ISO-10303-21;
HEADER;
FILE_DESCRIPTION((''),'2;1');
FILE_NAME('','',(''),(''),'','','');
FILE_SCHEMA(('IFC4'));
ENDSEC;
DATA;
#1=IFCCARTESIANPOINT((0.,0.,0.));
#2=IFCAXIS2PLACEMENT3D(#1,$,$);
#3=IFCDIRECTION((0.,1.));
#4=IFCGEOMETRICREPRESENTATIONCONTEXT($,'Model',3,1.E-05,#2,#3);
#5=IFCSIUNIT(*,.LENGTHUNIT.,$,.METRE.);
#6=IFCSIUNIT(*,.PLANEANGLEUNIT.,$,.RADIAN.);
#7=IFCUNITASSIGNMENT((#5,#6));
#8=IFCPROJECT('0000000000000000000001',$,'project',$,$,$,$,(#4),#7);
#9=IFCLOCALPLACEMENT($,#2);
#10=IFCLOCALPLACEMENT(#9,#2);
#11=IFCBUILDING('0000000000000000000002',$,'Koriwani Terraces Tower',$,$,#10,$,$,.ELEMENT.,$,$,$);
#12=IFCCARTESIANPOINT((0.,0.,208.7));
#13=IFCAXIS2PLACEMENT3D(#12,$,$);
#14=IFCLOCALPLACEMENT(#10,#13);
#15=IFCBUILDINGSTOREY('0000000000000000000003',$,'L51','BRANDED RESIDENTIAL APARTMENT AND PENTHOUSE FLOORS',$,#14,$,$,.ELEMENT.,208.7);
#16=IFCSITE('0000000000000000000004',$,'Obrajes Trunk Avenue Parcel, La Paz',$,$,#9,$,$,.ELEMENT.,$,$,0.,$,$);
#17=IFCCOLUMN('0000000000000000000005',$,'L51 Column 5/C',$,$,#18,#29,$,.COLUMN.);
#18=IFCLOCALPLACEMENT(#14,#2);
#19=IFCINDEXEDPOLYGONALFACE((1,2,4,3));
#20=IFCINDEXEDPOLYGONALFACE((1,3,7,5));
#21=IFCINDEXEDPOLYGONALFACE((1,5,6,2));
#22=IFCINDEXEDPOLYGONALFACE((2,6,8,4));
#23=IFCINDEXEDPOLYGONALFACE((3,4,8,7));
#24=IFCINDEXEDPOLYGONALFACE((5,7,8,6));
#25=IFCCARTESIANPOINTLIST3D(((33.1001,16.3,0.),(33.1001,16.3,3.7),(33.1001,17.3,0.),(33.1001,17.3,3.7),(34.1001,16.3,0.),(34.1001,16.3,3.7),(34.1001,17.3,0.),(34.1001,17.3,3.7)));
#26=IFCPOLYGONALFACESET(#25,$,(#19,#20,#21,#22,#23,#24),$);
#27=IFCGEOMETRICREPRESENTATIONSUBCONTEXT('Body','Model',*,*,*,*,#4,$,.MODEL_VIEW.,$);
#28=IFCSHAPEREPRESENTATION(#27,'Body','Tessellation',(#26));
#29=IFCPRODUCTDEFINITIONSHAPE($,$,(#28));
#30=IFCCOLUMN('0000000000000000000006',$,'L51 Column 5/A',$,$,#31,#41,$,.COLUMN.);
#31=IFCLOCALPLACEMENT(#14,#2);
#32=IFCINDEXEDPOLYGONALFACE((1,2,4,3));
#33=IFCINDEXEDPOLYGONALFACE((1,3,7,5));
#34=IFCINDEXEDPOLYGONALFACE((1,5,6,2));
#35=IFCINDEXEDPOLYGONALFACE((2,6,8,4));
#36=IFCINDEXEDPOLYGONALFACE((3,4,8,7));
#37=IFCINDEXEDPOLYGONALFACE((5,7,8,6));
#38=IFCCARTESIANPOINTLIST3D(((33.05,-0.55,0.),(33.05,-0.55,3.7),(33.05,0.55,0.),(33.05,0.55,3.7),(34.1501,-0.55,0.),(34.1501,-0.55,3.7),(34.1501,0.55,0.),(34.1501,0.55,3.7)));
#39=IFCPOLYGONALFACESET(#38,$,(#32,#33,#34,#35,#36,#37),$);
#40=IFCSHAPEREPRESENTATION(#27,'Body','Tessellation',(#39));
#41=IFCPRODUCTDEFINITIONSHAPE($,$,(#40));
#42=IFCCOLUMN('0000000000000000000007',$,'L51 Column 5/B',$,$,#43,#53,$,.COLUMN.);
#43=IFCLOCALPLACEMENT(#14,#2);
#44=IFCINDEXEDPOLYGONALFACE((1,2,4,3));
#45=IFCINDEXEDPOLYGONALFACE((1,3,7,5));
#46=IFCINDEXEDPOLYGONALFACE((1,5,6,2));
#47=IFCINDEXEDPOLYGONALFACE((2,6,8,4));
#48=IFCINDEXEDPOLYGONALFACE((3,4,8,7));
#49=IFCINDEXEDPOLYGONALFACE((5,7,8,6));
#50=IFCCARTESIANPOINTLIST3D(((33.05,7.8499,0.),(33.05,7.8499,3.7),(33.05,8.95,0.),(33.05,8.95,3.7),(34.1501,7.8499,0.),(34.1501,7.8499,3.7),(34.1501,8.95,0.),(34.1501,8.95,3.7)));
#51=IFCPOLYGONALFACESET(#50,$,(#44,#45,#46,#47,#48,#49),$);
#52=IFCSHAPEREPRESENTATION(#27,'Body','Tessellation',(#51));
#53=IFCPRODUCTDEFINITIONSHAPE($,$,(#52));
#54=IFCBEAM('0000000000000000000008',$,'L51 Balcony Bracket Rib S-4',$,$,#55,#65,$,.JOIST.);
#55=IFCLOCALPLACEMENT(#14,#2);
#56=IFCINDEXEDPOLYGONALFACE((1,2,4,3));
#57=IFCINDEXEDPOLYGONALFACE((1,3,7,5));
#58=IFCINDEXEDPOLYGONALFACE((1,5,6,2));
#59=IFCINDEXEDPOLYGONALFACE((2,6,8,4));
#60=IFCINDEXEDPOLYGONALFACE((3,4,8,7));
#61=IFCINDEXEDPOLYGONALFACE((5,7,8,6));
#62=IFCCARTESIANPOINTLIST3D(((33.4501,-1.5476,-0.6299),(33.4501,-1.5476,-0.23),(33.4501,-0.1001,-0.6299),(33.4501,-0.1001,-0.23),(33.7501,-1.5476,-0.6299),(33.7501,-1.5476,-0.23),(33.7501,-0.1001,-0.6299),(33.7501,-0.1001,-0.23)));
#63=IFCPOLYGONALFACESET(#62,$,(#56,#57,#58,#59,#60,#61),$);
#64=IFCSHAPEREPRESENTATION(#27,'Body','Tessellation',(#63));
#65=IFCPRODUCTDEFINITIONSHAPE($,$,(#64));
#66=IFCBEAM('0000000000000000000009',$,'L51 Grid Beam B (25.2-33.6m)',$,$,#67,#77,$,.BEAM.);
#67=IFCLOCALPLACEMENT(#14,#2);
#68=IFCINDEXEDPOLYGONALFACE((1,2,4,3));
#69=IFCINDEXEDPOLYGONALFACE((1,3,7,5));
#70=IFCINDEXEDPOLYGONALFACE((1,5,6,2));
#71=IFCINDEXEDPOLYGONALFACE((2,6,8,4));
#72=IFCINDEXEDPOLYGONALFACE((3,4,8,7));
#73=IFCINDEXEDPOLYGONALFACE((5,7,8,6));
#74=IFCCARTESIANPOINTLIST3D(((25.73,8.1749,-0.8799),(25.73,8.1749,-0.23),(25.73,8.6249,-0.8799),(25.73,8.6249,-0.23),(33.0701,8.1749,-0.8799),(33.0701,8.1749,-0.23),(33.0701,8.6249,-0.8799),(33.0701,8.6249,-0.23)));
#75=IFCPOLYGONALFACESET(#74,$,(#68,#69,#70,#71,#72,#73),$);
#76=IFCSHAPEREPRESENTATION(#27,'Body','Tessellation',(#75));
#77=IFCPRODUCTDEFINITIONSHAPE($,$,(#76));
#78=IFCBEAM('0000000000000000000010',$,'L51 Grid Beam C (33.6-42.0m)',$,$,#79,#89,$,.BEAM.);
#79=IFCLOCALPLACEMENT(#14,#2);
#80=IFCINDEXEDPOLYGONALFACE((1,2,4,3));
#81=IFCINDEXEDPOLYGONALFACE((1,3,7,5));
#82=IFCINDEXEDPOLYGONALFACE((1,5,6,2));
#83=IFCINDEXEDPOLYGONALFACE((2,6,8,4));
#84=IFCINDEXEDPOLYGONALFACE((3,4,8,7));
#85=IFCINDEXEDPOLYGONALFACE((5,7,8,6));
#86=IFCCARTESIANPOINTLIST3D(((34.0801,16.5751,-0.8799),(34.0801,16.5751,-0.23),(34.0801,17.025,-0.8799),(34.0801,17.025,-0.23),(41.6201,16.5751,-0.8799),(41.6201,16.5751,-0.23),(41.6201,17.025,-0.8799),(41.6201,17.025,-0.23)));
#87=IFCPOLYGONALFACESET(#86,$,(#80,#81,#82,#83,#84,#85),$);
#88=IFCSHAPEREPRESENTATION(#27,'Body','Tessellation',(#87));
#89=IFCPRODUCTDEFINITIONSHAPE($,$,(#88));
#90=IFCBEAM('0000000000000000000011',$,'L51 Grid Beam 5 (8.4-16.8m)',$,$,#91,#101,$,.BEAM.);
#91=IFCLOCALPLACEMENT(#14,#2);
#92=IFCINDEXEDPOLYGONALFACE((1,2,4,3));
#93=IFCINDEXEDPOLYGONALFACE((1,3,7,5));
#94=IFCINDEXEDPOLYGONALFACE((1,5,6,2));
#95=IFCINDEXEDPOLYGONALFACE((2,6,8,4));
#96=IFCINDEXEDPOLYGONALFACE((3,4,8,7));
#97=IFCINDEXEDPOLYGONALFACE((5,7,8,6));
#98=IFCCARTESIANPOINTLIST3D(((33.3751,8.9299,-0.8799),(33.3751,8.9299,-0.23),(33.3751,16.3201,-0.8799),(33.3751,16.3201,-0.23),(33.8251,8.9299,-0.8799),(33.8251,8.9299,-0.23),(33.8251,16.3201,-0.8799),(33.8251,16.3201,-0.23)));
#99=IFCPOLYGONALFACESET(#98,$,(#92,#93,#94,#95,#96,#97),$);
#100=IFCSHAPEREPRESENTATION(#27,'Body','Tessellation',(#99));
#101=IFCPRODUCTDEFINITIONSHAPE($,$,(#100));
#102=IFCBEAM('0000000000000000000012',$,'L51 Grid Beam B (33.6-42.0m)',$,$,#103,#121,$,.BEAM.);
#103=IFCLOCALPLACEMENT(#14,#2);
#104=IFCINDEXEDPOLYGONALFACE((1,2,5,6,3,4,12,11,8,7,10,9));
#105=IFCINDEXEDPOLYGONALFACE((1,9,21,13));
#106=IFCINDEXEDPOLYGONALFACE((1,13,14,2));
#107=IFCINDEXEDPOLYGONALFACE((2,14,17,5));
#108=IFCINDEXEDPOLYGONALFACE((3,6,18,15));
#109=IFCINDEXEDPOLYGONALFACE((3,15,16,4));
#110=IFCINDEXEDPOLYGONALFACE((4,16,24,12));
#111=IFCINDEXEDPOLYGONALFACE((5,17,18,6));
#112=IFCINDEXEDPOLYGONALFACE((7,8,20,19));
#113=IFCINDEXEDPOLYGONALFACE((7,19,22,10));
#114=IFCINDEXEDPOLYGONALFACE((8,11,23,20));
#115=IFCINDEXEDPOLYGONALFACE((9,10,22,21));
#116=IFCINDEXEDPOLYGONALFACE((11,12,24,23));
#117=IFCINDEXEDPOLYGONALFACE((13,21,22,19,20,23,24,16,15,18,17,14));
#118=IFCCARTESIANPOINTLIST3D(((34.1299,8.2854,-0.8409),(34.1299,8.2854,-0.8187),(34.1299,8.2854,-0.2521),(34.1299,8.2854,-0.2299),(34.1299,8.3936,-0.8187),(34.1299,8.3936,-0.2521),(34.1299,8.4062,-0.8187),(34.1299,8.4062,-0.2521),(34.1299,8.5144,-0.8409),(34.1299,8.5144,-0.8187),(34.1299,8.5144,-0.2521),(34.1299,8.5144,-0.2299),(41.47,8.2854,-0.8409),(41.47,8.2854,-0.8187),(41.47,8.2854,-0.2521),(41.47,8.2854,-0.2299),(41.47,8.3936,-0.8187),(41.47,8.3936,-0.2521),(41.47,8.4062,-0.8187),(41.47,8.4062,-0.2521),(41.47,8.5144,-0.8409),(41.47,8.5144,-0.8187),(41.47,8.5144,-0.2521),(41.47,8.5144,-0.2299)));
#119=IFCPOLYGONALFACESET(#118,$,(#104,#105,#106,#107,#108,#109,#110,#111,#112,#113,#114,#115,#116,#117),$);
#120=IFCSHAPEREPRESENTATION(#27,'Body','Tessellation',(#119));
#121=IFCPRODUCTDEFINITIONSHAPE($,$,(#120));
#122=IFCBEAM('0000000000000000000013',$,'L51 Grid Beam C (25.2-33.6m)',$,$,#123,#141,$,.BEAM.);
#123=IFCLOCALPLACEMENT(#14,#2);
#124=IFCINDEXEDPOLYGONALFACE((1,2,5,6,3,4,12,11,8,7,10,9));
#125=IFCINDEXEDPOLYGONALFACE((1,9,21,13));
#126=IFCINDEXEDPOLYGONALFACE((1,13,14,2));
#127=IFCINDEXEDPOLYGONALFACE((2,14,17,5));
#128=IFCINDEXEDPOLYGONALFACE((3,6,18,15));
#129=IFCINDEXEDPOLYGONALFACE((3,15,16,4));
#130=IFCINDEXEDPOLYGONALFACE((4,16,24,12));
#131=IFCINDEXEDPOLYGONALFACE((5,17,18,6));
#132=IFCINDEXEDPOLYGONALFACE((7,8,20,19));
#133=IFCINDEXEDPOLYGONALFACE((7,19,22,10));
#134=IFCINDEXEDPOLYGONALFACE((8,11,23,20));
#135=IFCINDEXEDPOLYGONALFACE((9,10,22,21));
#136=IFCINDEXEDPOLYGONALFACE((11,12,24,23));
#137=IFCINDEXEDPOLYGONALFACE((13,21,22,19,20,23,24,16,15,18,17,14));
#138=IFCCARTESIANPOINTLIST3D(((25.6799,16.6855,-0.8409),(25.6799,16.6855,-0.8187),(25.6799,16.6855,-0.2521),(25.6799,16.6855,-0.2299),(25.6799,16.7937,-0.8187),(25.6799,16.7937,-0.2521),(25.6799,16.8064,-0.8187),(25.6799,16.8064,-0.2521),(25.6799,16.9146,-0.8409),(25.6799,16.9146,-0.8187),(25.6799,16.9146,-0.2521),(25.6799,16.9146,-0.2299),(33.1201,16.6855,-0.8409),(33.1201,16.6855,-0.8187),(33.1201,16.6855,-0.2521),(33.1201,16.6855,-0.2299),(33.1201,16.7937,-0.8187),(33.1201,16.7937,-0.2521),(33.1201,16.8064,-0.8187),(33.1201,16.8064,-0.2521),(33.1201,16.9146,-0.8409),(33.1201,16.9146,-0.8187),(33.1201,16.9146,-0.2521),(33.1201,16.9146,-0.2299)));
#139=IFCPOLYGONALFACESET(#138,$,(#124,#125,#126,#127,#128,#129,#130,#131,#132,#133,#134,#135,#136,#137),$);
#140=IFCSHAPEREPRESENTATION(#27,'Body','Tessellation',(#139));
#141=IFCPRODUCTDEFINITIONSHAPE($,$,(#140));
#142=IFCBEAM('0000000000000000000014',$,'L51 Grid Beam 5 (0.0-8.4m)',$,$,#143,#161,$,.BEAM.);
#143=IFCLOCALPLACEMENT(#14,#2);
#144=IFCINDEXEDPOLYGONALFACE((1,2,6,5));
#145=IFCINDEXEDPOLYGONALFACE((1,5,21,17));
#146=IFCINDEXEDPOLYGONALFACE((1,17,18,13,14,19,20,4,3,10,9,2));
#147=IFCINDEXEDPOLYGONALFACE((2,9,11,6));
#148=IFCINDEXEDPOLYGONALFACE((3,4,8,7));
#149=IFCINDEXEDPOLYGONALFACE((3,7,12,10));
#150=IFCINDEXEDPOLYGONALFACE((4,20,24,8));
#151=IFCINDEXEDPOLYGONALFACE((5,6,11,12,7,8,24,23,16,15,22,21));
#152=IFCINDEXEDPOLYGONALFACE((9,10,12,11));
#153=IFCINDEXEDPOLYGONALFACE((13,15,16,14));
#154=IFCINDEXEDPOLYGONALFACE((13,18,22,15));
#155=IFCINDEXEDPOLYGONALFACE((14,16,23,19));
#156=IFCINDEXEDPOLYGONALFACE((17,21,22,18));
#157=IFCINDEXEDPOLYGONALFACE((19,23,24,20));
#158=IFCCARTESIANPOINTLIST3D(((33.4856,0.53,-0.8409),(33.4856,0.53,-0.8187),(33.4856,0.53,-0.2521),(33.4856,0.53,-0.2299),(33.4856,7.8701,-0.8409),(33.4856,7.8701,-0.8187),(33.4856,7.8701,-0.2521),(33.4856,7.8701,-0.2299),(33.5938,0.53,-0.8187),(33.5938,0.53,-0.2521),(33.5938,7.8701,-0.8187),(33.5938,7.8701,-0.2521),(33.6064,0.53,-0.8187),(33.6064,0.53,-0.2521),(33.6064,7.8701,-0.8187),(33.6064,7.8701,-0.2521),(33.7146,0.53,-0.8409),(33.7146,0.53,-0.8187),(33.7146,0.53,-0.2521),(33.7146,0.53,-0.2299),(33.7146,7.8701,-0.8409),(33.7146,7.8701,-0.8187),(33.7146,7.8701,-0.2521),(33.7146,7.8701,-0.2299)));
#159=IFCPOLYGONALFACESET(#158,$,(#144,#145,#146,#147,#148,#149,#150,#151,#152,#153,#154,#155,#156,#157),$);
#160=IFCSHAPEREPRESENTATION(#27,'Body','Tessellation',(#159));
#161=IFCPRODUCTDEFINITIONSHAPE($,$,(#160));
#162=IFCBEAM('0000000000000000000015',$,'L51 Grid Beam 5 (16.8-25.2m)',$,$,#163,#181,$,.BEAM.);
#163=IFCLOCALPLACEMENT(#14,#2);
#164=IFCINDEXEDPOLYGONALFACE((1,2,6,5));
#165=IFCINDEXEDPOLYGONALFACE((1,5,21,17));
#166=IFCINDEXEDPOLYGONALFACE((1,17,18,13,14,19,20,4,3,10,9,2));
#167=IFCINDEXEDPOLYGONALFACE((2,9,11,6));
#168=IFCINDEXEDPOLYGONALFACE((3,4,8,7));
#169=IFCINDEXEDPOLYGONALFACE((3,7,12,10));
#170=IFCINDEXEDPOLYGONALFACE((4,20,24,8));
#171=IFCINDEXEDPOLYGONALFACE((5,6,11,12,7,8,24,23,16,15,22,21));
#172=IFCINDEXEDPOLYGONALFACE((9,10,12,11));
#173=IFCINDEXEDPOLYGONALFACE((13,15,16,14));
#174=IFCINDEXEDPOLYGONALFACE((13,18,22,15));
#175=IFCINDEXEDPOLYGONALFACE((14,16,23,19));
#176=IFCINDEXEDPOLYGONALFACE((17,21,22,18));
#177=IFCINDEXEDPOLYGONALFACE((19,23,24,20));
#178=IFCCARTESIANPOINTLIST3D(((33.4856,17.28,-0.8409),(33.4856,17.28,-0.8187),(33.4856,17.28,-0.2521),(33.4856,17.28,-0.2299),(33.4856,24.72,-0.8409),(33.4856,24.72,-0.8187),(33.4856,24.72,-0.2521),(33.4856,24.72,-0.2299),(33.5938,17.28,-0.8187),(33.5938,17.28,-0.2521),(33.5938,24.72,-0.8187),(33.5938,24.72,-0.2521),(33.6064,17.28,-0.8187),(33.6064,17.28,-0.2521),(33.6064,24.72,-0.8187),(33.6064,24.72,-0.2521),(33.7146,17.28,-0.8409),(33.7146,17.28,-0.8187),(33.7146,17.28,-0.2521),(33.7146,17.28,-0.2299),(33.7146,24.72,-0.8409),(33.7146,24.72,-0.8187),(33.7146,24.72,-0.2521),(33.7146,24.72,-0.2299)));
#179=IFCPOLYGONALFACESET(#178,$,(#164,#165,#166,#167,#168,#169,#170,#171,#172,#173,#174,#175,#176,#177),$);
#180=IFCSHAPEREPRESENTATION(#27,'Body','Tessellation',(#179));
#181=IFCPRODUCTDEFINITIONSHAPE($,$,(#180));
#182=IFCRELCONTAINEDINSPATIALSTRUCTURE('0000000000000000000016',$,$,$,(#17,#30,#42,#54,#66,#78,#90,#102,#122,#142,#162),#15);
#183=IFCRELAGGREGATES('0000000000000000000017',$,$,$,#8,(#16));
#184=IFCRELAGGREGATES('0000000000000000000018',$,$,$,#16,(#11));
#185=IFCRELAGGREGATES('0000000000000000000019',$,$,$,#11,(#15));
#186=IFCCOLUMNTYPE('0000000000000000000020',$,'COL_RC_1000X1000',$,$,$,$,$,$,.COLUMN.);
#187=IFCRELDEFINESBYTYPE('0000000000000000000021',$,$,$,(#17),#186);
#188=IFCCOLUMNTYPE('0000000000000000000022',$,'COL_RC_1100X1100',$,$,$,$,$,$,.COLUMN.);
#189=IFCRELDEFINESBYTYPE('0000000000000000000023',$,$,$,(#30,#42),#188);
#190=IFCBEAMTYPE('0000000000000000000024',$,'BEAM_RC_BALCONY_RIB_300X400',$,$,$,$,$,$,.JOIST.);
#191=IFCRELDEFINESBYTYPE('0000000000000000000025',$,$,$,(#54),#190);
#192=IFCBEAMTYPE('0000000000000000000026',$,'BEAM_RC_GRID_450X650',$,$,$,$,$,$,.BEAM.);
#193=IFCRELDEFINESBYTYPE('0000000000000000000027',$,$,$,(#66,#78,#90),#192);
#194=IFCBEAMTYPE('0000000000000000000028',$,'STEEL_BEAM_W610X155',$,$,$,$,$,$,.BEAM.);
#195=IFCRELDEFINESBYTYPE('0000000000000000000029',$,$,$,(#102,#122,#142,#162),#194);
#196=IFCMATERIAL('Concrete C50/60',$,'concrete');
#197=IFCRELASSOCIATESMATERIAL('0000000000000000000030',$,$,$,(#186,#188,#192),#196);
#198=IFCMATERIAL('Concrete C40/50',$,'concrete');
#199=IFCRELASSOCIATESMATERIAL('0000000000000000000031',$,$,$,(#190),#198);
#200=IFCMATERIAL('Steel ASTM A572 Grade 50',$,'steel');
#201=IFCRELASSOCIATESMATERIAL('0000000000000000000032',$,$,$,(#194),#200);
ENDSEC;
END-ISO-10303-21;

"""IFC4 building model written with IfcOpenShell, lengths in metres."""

from ifc_helpers import new_model, si_unit, direction, frame, origin, origin_2d, place, context, subcontext, project, spatial, rectangle, i_section, extrude, material, material_profile, profile_set, type_object, element, save


model = new_model("IFC4")

# Units and contexts
model_context = context("Model", 3, precision=1e-05, world=origin(), true_north=direction((0.0, 1.0)))
body_context = subcontext(model_context, "Body", "Model", "MODEL_VIEW")
ifc_project = project(units=[si_unit("LENGTHUNIT", "METRE"), si_unit("PLANEANGLEUNIT", "RADIAN")], contexts=[model_context])

# Site, building, storey
site_placement = place(None, origin())
site = spatial("IfcSite", under=ifc_project, at=site_placement, Name="Obrajes Trunk Avenue Parcel, La Paz", CompositionType="ELEMENT", RefElevation=0.0)
building_placement = place(site_placement, origin())
building = spatial("IfcBuilding", under=site, at=building_placement, Name="Koriwani Terraces Tower", CompositionType="ELEMENT")
storey_placement = place(building_placement, frame((0.0, 0.0, 208.7)))
storey = spatial("IfcBuildingStorey", under=building, at=storey_placement, Name="L51", Description="BRANDED RESIDENTIAL APARTMENT AND PENTHOUSE FLOORS", CompositionType="ELEMENT", Elevation=208.7)

# Columns
ifc_material_1 = material(Name="Concrete C50/60", Category="concrete")
ifc_material_profile_1 = material_profile(ifc_material_1, rectangle(XDim=1.0, YDim=1.0, at=origin_2d()), Name="Concrete C50/60", Category="LoadBearing")
ifc_profile_set_1 = profile_set([ifc_material_profile_1], Name="Concrete C50/60")
column_type_1 = type_object("IfcColumnType", Name="COL_RC_1000X1000", PredefinedType="COLUMN", material=ifc_profile_set_1)
column_placement = place(storey_placement, frame((33.6001, 16.8, 0.0), z_axis=(0.0, 0.0, 1.0), x_axis=(1.0, 0.0, 0.0)))
element("IfcColumn", 1, at=column_placement, inside=storey, type_object=column_type_1, Name="L51 Column 5/C", PredefinedType="COLUMN", context=body_context, shape_type="SweptSolid", body=[
    extrude(rectangle(XDim=1.0, YDim=1.0, at=origin_2d()), origin(), (0.0, 0.0, 1.0), 3.7),
])
ifc_material_profile_2 = material_profile(ifc_material_1, rectangle(XDim=1.1001, YDim=1.1001, at=origin_2d()), Name="Concrete C50/60", Category="LoadBearing")
ifc_profile_set_2 = profile_set([ifc_material_profile_2], Name="Concrete C50/60")
column_type_2 = type_object("IfcColumnType", Name="COL_RC_1100X1100", PredefinedType="COLUMN", material=ifc_profile_set_2)
for number, where, z_axis, x_axis, name in (
    (2, (33.6001, 0.0, 0.0), (0.0, 0.0, 1.0), (1.0, 0.0, 0.0), "L51 Column 5/A"),
    (3, (33.6001, 8.3999, 0.0), (0.0, 0.0, 1.0), (1.0, 0.0, 0.0), "L51 Column 5/B"),
):
    element("IfcColumn", number, at=place(storey_placement, frame(where, z_axis=z_axis, x_axis=x_axis)), inside=storey, type_object=column_type_2, Name=name, PredefinedType="COLUMN", context=body_context, shape_type="SweptSolid", body=[
        extrude(rectangle(XDim=1.1001, YDim=1.1001, at=origin_2d()), origin(), (0.0, 0.0, 1.0), 3.7),
    ])

# Beams
ifc_material_2 = material(Name="Concrete C40/50", Category="concrete")
ifc_material_profile_3 = material_profile(ifc_material_2, rectangle(XDim=0.3, YDim=0.3999, at=origin_2d()), Name="Concrete C40/50", Category="LoadBearing")
ifc_profile_set_3 = profile_set([ifc_material_profile_3], Name="Concrete C40/50")
beam_type_1 = type_object("IfcBeamType", Name="BEAM_RC_BALCONY_RIB_300X400", PredefinedType="JOIST", material=ifc_profile_set_3)
beam_1_placement = place(storey_placement, frame((33.6001, -1.5476, -0.4299), z_axis=(0.0, 1.0, 0.0), x_axis=(-1.0, 0.0, 0.0)))
element("IfcBeam", 4, at=beam_1_placement, inside=storey, type_object=beam_type_1, Name="L51 Balcony Bracket Rib S-4", PredefinedType="JOIST", context=body_context, shape_type="SweptSolid", body=[
    extrude(rectangle(XDim=0.3, YDim=0.3999, at=origin_2d()), origin(), (0.0, 0.0, 1.0), 1.4475),
])
ifc_material_profile_4 = material_profile(ifc_material_1, rectangle(XDim=0.45, YDim=0.6499, at=origin_2d()), Name="Concrete C50/60", Category="LoadBearing")
ifc_profile_set_4 = profile_set([ifc_material_profile_4], Name="Concrete C50/60")
beam_type_2 = type_object("IfcBeamType", Name="BEAM_RC_GRID_450X650", PredefinedType="BEAM", material=ifc_profile_set_4)
beam_2_placement = place(storey_placement, frame((25.73, 8.3999, -0.5549), z_axis=(1.0, 0.0, 0.0), x_axis=(0.0, 1.0, 0.0)))
element("IfcBeam", 5, at=beam_2_placement, inside=storey, type_object=beam_type_2, Name="L51 Grid Beam B (25.2-33.6m)", PredefinedType="BEAM", context=body_context, shape_type="SweptSolid", body=[
    extrude(rectangle(XDim=0.45, YDim=0.6499, at=origin_2d()), origin(), (0.0, 0.0, 1.0), 7.3401),
])
beam_3_placement = place(storey_placement, frame((34.0801, 16.8, -0.5549), z_axis=(1.0, 0.0, 0.0), x_axis=(0.0, 1.0, 0.0)))
element("IfcBeam", 6, at=beam_3_placement, inside=storey, type_object=beam_type_2, Name="L51 Grid Beam C (33.6-42.0m)", PredefinedType="BEAM", context=body_context, shape_type="SweptSolid", body=[
    extrude(rectangle(XDim=0.45, YDim=0.6499, at=origin_2d()), origin(), (0.0, 0.0, 1.0), 7.54),
])
beam_4_placement = place(storey_placement, frame((33.6001, 8.9299, -0.5549), z_axis=(0.0, 1.0, 0.0), x_axis=(-1.0, 0.0, 0.0)))
element("IfcBeam", 7, at=beam_4_placement, inside=storey, type_object=beam_type_2, Name="L51 Grid Beam 5 (8.4-16.8m)", PredefinedType="BEAM", context=body_context, shape_type="SweptSolid", body=[
    extrude(rectangle(XDim=0.45, YDim=0.6499, at=origin_2d()), origin(), (0.0, 0.0, 1.0), 7.3901),
])
ifc_material_3 = material(Name="Steel ASTM A572 Grade 50", Category="steel")
ifc_material_profile_5 = material_profile(ifc_material_3, i_section(OverallWidth=0.229, OverallDepth=0.6111, WebThickness=0.0127, FlangeThickness=0.0222, at=origin_2d()), Name="Steel ASTM A572 Grade 50", Category="LoadBearing")
ifc_profile_set_5 = profile_set([ifc_material_profile_5], Name="Steel ASTM A572 Grade 50")
beam_type_3 = type_object("IfcBeamType", Name="STEEL_BEAM_W610X155", PredefinedType="BEAM", material=ifc_profile_set_5)
beam_5_placement = place(storey_placement, frame((34.1299, 8.3999, -0.5354), z_axis=(1.0, 0.0, 0.0), x_axis=(0.0, 1.0, 0.0)))
element("IfcBeam", 8, at=beam_5_placement, inside=storey, type_object=beam_type_3, Name="L51 Grid Beam B (33.6-42.0m)", PredefinedType="BEAM", context=body_context, shape_type="SweptSolid", body=[
    extrude(i_section(OverallWidth=0.229, OverallDepth=0.6111, WebThickness=0.0127, FlangeThickness=0.0222, at=origin_2d()), origin(), (0.0, 0.0, 1.0), 7.3401),
])
beam_6_placement = place(storey_placement, frame((25.6799, 16.8, -0.5354), z_axis=(1.0, 0.0, 0.0), x_axis=(0.0, 1.0, 0.0)))
element("IfcBeam", 9, at=beam_6_placement, inside=storey, type_object=beam_type_3, Name="L51 Grid Beam C (25.2-33.6m)", PredefinedType="BEAM", context=body_context, shape_type="SweptSolid", body=[
    extrude(i_section(OverallWidth=0.229, OverallDepth=0.6111, WebThickness=0.0127, FlangeThickness=0.0222, at=origin_2d()), origin(), (0.0, 0.0, 1.0), 7.4402),
])
beam_7_placement = place(storey_placement, frame((33.6001, 0.53, -0.5354), z_axis=(0.0, 1.0, 0.0), x_axis=(-1.0, 0.0, 0.0)))
element("IfcBeam", 10, at=beam_7_placement, inside=storey, type_object=beam_type_3, Name="L51 Grid Beam 5 (0.0-8.4m)", PredefinedType="BEAM", context=body_context, shape_type="SweptSolid", body=[
    extrude(i_section(OverallWidth=0.229, OverallDepth=0.6111, WebThickness=0.0127, FlangeThickness=0.0222, at=origin_2d()), origin(), (0.0, 0.0, 1.0), 7.3401),
])
beam_8_placement = place(storey_placement, frame((33.6001, 17.28, -0.5354), z_axis=(0.0, 1.0, 0.0), x_axis=(-1.0, 0.0, 0.0)))
element("IfcBeam", 11, at=beam_8_placement, inside=storey, type_object=beam_type_3, Name="L51 Grid Beam 5 (16.8-25.2m)", PredefinedType="BEAM", context=body_context, shape_type="SweptSolid", body=[
    extrude(i_section(OverallWidth=0.229, OverallDepth=0.6111, WebThickness=0.0127, FlangeThickness=0.0222, at=origin_2d()), origin(), (0.0, 0.0, 1.0), 7.4399),
])

save(model, "model.ifc")
